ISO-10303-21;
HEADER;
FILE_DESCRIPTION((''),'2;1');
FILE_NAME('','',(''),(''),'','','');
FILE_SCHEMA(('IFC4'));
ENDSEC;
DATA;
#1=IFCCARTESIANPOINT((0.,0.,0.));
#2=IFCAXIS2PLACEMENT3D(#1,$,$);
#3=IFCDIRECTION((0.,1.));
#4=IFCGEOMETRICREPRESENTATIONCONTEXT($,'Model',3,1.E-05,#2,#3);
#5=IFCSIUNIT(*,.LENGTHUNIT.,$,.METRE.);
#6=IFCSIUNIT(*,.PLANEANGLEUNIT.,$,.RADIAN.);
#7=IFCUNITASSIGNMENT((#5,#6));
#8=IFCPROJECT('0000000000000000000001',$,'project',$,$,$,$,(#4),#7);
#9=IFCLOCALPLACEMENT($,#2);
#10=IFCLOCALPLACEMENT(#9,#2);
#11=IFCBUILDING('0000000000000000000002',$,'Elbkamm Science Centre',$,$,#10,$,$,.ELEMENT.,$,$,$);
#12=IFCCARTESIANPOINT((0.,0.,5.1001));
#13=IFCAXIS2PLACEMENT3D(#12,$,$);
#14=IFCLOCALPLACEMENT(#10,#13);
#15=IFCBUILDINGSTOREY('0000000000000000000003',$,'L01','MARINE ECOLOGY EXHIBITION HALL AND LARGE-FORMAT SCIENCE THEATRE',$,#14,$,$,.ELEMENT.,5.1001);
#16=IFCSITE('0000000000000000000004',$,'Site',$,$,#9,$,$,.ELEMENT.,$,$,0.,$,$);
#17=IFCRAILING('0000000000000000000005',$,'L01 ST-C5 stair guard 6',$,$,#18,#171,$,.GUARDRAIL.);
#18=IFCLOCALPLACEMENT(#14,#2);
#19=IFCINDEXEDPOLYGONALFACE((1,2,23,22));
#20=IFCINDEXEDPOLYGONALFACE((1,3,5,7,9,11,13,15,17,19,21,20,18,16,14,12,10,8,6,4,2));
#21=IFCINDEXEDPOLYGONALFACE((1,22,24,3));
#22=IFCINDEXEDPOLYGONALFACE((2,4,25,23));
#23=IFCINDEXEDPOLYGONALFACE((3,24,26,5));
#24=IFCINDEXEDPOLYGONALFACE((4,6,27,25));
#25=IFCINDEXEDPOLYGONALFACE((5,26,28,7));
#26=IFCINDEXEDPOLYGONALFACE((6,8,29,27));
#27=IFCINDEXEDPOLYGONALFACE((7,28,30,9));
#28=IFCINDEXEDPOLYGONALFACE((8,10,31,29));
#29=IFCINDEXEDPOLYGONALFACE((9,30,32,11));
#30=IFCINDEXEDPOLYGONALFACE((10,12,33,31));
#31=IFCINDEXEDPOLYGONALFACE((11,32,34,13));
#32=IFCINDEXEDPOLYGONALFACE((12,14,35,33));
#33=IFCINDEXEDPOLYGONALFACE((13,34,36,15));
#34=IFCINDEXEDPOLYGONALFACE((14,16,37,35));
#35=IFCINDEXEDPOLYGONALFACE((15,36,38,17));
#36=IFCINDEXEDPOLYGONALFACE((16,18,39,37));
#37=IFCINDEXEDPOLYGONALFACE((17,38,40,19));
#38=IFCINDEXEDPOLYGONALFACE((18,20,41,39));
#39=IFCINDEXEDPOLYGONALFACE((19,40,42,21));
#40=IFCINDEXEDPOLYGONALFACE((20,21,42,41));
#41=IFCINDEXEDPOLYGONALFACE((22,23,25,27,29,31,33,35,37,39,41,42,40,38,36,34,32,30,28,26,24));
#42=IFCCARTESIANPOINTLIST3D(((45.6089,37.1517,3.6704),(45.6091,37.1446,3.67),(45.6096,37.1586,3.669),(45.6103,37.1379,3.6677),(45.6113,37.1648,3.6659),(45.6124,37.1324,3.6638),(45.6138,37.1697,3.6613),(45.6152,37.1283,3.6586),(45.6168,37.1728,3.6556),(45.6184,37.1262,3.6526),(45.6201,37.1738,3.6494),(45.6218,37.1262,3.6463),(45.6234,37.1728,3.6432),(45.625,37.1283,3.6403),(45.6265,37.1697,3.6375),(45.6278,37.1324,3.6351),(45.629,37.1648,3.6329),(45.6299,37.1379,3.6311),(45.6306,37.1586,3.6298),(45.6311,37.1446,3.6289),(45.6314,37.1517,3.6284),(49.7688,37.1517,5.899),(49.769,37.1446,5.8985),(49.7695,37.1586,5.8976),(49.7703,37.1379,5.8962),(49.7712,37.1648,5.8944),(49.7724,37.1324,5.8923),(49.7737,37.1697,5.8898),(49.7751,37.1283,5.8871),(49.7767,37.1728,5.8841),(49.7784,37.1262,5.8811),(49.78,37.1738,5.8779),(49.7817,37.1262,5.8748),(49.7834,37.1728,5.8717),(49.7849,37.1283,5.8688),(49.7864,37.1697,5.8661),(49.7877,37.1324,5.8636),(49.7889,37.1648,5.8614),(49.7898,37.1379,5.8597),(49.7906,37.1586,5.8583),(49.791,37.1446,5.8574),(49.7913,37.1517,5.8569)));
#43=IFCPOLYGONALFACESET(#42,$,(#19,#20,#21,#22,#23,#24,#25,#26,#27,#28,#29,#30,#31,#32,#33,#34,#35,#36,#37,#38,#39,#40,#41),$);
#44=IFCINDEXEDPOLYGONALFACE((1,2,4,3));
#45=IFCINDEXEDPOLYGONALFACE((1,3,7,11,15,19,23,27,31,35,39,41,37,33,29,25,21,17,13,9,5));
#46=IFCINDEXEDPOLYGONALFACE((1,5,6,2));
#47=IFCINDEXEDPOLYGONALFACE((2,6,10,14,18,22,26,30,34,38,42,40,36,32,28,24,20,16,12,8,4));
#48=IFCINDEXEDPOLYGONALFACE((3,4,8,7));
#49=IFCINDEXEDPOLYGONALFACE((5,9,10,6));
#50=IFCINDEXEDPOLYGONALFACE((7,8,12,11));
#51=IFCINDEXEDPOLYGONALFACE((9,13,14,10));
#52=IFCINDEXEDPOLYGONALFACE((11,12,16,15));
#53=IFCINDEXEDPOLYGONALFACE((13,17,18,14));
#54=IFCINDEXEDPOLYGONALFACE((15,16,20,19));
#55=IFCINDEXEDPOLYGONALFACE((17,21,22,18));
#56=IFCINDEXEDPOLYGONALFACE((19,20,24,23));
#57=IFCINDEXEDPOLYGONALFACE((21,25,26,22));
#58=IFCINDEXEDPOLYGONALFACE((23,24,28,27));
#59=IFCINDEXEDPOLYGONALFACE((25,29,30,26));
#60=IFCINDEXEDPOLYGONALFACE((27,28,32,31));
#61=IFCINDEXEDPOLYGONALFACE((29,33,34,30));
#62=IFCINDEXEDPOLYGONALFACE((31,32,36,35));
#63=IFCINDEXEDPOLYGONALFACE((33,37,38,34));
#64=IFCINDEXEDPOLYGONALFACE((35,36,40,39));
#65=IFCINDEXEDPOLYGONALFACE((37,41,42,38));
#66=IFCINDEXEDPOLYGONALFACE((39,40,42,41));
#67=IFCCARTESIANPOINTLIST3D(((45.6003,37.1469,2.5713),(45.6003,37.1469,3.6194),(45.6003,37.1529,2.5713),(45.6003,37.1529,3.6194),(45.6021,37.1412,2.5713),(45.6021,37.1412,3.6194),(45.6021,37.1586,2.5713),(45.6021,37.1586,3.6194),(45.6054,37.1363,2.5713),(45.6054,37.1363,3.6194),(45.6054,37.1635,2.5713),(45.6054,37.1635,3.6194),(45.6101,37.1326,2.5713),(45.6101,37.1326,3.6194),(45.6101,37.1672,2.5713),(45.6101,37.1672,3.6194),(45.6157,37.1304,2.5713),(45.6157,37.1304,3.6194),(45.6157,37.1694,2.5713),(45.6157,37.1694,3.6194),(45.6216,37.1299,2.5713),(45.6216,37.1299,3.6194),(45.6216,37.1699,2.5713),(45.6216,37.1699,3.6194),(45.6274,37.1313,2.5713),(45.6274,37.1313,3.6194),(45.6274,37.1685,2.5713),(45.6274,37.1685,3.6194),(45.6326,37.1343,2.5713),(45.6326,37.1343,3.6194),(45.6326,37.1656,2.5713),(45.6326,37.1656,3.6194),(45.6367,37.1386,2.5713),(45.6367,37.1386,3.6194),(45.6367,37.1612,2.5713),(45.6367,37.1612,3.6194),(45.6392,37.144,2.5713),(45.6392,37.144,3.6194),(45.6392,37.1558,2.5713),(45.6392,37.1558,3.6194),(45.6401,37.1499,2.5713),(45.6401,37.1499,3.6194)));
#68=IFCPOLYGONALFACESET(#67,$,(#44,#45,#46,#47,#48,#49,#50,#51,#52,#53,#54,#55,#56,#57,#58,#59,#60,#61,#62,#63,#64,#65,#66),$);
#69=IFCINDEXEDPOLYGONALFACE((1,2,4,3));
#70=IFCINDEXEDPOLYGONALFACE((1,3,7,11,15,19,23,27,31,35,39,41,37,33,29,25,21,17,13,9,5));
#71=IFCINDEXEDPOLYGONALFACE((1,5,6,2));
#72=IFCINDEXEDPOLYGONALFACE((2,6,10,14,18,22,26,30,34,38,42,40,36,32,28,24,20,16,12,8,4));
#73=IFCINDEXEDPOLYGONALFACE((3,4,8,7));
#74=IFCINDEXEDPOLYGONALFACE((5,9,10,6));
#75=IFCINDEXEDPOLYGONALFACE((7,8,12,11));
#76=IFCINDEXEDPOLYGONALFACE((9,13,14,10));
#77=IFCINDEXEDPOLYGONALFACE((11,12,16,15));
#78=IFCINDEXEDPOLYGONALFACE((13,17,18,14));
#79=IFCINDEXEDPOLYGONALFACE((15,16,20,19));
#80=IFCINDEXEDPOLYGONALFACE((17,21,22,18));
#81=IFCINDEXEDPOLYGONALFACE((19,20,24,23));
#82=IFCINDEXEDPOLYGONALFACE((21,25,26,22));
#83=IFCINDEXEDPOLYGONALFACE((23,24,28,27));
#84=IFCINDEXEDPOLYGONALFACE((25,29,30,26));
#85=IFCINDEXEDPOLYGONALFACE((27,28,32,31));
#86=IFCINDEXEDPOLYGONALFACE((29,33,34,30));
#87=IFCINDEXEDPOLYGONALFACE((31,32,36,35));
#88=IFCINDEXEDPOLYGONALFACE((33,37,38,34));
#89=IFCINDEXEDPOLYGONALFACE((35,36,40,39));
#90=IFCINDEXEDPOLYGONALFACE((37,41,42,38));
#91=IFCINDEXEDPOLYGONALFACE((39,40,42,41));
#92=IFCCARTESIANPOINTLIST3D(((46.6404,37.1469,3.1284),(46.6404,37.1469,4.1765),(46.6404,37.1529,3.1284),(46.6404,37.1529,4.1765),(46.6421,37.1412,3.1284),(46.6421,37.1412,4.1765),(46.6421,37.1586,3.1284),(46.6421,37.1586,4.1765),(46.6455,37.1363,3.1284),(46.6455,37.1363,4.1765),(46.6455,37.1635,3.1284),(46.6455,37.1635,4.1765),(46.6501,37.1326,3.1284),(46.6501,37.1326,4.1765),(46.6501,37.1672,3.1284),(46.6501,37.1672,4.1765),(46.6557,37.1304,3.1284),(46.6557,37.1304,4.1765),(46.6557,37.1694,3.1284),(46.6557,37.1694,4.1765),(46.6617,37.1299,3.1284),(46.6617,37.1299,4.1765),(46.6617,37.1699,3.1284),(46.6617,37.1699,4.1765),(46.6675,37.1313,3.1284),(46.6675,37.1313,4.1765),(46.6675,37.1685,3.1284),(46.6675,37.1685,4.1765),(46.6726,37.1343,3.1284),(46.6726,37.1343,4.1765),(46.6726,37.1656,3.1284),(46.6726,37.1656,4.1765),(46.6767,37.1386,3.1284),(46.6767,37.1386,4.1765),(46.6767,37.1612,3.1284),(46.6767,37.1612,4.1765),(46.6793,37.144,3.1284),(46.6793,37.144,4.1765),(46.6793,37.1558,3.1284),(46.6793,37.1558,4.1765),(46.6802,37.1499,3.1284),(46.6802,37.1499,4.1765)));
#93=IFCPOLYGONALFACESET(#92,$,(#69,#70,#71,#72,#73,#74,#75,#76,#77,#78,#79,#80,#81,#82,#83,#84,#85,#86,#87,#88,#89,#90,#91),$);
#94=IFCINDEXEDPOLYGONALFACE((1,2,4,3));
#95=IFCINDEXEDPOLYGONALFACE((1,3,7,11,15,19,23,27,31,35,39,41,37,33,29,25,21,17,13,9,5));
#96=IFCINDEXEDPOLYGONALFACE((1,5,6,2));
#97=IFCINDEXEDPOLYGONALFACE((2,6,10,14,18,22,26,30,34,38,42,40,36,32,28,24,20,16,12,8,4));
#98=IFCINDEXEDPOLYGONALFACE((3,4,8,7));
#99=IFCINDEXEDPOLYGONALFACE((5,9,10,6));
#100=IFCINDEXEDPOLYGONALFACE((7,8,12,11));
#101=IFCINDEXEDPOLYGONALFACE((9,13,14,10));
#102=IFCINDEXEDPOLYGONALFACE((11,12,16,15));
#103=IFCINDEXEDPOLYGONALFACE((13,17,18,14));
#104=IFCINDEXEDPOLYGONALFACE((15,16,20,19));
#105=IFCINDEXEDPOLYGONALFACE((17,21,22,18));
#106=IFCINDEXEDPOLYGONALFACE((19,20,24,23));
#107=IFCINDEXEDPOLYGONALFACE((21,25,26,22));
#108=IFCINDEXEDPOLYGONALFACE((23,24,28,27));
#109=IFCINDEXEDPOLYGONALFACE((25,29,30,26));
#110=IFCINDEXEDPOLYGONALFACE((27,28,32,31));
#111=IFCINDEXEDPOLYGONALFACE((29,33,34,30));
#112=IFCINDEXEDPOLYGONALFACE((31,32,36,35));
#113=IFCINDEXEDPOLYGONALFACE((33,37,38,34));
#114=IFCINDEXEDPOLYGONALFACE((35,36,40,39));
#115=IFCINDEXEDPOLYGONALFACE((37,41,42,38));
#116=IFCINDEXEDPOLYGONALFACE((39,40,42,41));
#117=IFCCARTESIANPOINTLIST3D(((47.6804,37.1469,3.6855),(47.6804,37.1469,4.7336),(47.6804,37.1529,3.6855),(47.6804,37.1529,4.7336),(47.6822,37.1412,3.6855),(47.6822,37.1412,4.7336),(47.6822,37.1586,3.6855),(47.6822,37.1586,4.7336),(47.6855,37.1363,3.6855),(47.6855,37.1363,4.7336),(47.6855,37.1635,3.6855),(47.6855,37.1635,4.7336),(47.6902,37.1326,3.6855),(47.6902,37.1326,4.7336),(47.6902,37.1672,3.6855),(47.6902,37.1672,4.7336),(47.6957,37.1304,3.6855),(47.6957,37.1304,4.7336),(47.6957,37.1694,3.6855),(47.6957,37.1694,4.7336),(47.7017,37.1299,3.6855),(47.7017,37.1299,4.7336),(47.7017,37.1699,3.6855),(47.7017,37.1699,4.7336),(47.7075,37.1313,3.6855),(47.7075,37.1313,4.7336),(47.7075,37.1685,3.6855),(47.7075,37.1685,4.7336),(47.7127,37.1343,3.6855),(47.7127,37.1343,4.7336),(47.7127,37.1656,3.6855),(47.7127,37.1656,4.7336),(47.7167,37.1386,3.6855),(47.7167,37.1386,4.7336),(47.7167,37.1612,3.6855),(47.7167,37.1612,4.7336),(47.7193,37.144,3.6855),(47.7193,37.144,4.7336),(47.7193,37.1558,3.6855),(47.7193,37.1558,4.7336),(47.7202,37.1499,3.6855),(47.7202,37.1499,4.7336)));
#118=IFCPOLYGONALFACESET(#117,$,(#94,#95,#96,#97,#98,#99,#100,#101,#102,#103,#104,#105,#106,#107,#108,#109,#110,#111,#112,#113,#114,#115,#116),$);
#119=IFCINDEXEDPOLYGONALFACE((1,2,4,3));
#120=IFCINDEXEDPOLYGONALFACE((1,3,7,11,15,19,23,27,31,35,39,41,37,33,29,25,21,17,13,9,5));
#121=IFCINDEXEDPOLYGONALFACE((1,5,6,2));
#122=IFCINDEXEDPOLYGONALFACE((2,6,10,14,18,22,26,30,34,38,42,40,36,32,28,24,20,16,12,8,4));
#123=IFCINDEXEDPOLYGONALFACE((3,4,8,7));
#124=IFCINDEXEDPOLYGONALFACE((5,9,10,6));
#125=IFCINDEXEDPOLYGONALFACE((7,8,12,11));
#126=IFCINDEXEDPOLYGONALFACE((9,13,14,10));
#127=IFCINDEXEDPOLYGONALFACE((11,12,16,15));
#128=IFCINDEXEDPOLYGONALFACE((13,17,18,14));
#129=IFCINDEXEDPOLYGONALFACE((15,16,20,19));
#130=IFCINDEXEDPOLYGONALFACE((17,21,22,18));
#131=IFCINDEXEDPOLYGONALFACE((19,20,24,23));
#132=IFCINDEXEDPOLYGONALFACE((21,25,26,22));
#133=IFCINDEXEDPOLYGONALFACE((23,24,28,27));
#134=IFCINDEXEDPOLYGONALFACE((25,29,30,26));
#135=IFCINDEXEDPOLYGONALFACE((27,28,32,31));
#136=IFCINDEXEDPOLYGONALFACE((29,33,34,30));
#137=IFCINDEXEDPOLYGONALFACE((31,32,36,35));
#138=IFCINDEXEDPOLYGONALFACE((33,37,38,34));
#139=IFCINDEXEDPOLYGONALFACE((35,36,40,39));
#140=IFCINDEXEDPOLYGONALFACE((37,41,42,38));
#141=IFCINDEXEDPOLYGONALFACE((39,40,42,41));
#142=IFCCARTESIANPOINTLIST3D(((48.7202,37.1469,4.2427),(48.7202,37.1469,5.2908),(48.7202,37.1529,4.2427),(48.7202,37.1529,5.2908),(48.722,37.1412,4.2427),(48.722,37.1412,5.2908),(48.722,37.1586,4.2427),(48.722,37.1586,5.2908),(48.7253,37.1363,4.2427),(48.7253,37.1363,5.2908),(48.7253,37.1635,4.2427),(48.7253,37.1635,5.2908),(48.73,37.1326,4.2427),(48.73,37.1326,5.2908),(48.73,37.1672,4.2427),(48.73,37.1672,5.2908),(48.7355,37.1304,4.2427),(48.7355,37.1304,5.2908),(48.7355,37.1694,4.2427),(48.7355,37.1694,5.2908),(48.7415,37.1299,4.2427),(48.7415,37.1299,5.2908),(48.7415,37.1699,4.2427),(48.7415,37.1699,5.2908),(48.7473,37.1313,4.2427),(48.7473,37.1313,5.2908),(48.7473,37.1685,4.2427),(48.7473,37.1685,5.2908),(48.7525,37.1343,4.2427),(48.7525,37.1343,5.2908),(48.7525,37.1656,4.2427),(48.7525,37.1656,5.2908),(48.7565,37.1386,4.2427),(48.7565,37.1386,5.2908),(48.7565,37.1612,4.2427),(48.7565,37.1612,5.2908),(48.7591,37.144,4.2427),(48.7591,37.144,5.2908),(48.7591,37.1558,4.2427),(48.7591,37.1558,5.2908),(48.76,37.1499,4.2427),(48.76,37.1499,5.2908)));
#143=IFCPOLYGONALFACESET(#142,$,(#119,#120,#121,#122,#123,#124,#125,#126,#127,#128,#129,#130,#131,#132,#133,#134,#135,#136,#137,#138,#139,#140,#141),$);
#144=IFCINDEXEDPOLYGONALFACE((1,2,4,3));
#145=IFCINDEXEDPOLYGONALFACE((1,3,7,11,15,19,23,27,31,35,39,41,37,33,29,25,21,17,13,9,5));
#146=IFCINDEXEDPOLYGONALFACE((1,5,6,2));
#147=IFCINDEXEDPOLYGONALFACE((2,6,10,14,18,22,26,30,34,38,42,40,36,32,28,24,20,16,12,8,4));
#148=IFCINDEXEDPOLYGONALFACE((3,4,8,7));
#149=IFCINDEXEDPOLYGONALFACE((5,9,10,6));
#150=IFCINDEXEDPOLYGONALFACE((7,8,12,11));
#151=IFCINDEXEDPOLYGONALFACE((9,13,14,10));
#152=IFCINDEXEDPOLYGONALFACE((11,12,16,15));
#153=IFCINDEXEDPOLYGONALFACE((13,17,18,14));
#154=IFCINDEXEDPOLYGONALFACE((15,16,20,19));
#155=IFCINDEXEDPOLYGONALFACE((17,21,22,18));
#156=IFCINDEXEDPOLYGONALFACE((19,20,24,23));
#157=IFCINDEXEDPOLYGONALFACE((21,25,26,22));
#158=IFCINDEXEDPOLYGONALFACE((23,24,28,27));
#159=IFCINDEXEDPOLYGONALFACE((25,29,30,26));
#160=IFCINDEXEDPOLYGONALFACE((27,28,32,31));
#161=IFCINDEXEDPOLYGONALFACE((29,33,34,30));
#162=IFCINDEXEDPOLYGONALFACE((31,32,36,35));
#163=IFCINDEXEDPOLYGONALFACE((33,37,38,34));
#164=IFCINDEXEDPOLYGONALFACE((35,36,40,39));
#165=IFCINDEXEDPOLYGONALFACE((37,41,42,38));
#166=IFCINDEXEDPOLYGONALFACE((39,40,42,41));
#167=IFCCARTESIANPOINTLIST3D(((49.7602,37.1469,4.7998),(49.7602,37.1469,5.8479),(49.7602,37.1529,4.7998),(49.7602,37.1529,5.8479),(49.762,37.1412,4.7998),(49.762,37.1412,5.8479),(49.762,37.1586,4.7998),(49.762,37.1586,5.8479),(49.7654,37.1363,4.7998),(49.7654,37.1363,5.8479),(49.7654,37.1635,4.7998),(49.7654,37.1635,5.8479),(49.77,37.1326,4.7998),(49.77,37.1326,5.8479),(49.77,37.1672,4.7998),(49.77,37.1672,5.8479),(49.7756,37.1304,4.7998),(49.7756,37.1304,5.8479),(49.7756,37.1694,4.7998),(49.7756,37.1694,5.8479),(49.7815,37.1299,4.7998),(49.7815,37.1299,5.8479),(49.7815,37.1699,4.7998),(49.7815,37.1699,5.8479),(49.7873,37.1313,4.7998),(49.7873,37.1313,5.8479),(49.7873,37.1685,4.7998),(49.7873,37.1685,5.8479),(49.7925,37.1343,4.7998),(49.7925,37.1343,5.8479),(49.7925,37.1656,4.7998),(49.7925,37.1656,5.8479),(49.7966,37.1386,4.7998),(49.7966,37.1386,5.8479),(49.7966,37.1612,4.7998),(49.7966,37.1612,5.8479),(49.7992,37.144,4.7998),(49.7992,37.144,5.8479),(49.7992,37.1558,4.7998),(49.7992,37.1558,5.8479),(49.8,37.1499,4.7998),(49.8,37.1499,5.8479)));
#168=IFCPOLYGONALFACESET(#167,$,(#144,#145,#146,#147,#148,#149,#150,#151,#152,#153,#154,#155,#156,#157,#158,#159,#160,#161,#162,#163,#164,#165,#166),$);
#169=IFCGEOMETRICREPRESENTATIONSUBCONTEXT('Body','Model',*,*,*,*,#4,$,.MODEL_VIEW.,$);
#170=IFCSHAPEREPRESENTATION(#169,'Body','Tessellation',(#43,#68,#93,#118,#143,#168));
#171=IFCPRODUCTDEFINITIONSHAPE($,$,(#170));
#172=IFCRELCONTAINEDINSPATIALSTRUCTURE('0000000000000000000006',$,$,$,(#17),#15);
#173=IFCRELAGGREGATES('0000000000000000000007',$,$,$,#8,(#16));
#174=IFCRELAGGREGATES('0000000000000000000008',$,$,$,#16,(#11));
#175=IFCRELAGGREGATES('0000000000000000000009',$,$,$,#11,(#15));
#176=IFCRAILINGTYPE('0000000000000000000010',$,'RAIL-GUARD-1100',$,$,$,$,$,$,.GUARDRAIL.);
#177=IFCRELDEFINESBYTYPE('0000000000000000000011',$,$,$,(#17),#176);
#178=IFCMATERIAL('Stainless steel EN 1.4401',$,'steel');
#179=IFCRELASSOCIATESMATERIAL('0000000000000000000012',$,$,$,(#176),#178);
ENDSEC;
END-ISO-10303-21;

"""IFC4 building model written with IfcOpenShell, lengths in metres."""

from ifc_helpers import new_model, si_unit, direction, frame, origin, origin_2d, place, context, subcontext, project, spatial, circle, extrude, material, type_object, element, save


model = new_model("IFC4")

# Units and contexts
model_context = context("Model", 3, precision=1e-05, world=origin(), true_north=direction((0.0, 1.0)))
body_context = subcontext(model_context, "Body", "Model", "MODEL_VIEW")
ifc_project = project(units=[si_unit("LENGTHUNIT", "METRE"), si_unit("PLANEANGLEUNIT", "RADIAN")], contexts=[model_context])

# Site, building, storey
site_placement = place(None, origin())
site = spatial("IfcSite", under=ifc_project, at=site_placement, Name="Site", CompositionType="ELEMENT", RefElevation=0.0)
building_placement = place(site_placement, origin())
building = spatial("IfcBuilding", under=site, at=building_placement, Name="Elbkamm Science Centre", CompositionType="ELEMENT")
storey_placement = place(building_placement, frame((0.0, 0.0, 5.1001)))
storey = spatial("IfcBuildingStorey", under=building, at=storey_placement, Name="L01", Description="MARINE ECOLOGY EXHIBITION HALL AND LARGE-FORMAT SCIENCE THEATRE", CompositionType="ELEMENT", Elevation=5.1001)

# Railing
ifc_material_1 = material(Name="Stainless steel EN 1.4401", Category="steel")
railing_type_1 = type_object("IfcRailingType", Name="RAIL-GUARD-1100", PredefinedType="GUARDRAIL", material=ifc_material_1)
railing_1_placement = place(storey_placement, frame((45.6201, 37.1499, 2.5713)))
element("IfcRailing", 1, at=railing_1_placement, inside=storey, type_object=railing_type_1, Name="L01 ST-C5 stair guard 6", PredefinedType="GUARDRAIL", context=body_context, shape_type="SweptSolid", body=[
    extrude(circle(Radius=0.0239, at=origin_2d()), frame((0.0, 0.0, 1.0781), z_axis=(0.881481, 0.0, 0.47222), x_axis=(0.0, 1.0, 0.0)), (0.0, 0.0, 1.0), 4.7192),
    extrude(circle(Radius=0.02, at=origin_2d()), origin(), (0.0, 0.0, 1.0), 1.0481),
    extrude(circle(Radius=0.02, at=origin_2d()), frame((1.04, 0.0, 0.5571)), (0.0, 0.0, 1.0), 1.0481),
    extrude(circle(Radius=0.02, at=origin_2d()), frame((2.0801, 0.0, 1.1143)), (0.0, 0.0, 1.0), 1.0481),
    extrude(circle(Radius=0.02, at=origin_2d()), frame((3.1199, 0.0, 1.6714)), (0.0, 0.0, 1.0), 1.0481),
    extrude(circle(Radius=0.02, at=origin_2d()), frame((4.1599, 0.0, 2.2285)), (0.0, 0.0, 1.0), 1.0481),
])

save(model, "model.ifc")
